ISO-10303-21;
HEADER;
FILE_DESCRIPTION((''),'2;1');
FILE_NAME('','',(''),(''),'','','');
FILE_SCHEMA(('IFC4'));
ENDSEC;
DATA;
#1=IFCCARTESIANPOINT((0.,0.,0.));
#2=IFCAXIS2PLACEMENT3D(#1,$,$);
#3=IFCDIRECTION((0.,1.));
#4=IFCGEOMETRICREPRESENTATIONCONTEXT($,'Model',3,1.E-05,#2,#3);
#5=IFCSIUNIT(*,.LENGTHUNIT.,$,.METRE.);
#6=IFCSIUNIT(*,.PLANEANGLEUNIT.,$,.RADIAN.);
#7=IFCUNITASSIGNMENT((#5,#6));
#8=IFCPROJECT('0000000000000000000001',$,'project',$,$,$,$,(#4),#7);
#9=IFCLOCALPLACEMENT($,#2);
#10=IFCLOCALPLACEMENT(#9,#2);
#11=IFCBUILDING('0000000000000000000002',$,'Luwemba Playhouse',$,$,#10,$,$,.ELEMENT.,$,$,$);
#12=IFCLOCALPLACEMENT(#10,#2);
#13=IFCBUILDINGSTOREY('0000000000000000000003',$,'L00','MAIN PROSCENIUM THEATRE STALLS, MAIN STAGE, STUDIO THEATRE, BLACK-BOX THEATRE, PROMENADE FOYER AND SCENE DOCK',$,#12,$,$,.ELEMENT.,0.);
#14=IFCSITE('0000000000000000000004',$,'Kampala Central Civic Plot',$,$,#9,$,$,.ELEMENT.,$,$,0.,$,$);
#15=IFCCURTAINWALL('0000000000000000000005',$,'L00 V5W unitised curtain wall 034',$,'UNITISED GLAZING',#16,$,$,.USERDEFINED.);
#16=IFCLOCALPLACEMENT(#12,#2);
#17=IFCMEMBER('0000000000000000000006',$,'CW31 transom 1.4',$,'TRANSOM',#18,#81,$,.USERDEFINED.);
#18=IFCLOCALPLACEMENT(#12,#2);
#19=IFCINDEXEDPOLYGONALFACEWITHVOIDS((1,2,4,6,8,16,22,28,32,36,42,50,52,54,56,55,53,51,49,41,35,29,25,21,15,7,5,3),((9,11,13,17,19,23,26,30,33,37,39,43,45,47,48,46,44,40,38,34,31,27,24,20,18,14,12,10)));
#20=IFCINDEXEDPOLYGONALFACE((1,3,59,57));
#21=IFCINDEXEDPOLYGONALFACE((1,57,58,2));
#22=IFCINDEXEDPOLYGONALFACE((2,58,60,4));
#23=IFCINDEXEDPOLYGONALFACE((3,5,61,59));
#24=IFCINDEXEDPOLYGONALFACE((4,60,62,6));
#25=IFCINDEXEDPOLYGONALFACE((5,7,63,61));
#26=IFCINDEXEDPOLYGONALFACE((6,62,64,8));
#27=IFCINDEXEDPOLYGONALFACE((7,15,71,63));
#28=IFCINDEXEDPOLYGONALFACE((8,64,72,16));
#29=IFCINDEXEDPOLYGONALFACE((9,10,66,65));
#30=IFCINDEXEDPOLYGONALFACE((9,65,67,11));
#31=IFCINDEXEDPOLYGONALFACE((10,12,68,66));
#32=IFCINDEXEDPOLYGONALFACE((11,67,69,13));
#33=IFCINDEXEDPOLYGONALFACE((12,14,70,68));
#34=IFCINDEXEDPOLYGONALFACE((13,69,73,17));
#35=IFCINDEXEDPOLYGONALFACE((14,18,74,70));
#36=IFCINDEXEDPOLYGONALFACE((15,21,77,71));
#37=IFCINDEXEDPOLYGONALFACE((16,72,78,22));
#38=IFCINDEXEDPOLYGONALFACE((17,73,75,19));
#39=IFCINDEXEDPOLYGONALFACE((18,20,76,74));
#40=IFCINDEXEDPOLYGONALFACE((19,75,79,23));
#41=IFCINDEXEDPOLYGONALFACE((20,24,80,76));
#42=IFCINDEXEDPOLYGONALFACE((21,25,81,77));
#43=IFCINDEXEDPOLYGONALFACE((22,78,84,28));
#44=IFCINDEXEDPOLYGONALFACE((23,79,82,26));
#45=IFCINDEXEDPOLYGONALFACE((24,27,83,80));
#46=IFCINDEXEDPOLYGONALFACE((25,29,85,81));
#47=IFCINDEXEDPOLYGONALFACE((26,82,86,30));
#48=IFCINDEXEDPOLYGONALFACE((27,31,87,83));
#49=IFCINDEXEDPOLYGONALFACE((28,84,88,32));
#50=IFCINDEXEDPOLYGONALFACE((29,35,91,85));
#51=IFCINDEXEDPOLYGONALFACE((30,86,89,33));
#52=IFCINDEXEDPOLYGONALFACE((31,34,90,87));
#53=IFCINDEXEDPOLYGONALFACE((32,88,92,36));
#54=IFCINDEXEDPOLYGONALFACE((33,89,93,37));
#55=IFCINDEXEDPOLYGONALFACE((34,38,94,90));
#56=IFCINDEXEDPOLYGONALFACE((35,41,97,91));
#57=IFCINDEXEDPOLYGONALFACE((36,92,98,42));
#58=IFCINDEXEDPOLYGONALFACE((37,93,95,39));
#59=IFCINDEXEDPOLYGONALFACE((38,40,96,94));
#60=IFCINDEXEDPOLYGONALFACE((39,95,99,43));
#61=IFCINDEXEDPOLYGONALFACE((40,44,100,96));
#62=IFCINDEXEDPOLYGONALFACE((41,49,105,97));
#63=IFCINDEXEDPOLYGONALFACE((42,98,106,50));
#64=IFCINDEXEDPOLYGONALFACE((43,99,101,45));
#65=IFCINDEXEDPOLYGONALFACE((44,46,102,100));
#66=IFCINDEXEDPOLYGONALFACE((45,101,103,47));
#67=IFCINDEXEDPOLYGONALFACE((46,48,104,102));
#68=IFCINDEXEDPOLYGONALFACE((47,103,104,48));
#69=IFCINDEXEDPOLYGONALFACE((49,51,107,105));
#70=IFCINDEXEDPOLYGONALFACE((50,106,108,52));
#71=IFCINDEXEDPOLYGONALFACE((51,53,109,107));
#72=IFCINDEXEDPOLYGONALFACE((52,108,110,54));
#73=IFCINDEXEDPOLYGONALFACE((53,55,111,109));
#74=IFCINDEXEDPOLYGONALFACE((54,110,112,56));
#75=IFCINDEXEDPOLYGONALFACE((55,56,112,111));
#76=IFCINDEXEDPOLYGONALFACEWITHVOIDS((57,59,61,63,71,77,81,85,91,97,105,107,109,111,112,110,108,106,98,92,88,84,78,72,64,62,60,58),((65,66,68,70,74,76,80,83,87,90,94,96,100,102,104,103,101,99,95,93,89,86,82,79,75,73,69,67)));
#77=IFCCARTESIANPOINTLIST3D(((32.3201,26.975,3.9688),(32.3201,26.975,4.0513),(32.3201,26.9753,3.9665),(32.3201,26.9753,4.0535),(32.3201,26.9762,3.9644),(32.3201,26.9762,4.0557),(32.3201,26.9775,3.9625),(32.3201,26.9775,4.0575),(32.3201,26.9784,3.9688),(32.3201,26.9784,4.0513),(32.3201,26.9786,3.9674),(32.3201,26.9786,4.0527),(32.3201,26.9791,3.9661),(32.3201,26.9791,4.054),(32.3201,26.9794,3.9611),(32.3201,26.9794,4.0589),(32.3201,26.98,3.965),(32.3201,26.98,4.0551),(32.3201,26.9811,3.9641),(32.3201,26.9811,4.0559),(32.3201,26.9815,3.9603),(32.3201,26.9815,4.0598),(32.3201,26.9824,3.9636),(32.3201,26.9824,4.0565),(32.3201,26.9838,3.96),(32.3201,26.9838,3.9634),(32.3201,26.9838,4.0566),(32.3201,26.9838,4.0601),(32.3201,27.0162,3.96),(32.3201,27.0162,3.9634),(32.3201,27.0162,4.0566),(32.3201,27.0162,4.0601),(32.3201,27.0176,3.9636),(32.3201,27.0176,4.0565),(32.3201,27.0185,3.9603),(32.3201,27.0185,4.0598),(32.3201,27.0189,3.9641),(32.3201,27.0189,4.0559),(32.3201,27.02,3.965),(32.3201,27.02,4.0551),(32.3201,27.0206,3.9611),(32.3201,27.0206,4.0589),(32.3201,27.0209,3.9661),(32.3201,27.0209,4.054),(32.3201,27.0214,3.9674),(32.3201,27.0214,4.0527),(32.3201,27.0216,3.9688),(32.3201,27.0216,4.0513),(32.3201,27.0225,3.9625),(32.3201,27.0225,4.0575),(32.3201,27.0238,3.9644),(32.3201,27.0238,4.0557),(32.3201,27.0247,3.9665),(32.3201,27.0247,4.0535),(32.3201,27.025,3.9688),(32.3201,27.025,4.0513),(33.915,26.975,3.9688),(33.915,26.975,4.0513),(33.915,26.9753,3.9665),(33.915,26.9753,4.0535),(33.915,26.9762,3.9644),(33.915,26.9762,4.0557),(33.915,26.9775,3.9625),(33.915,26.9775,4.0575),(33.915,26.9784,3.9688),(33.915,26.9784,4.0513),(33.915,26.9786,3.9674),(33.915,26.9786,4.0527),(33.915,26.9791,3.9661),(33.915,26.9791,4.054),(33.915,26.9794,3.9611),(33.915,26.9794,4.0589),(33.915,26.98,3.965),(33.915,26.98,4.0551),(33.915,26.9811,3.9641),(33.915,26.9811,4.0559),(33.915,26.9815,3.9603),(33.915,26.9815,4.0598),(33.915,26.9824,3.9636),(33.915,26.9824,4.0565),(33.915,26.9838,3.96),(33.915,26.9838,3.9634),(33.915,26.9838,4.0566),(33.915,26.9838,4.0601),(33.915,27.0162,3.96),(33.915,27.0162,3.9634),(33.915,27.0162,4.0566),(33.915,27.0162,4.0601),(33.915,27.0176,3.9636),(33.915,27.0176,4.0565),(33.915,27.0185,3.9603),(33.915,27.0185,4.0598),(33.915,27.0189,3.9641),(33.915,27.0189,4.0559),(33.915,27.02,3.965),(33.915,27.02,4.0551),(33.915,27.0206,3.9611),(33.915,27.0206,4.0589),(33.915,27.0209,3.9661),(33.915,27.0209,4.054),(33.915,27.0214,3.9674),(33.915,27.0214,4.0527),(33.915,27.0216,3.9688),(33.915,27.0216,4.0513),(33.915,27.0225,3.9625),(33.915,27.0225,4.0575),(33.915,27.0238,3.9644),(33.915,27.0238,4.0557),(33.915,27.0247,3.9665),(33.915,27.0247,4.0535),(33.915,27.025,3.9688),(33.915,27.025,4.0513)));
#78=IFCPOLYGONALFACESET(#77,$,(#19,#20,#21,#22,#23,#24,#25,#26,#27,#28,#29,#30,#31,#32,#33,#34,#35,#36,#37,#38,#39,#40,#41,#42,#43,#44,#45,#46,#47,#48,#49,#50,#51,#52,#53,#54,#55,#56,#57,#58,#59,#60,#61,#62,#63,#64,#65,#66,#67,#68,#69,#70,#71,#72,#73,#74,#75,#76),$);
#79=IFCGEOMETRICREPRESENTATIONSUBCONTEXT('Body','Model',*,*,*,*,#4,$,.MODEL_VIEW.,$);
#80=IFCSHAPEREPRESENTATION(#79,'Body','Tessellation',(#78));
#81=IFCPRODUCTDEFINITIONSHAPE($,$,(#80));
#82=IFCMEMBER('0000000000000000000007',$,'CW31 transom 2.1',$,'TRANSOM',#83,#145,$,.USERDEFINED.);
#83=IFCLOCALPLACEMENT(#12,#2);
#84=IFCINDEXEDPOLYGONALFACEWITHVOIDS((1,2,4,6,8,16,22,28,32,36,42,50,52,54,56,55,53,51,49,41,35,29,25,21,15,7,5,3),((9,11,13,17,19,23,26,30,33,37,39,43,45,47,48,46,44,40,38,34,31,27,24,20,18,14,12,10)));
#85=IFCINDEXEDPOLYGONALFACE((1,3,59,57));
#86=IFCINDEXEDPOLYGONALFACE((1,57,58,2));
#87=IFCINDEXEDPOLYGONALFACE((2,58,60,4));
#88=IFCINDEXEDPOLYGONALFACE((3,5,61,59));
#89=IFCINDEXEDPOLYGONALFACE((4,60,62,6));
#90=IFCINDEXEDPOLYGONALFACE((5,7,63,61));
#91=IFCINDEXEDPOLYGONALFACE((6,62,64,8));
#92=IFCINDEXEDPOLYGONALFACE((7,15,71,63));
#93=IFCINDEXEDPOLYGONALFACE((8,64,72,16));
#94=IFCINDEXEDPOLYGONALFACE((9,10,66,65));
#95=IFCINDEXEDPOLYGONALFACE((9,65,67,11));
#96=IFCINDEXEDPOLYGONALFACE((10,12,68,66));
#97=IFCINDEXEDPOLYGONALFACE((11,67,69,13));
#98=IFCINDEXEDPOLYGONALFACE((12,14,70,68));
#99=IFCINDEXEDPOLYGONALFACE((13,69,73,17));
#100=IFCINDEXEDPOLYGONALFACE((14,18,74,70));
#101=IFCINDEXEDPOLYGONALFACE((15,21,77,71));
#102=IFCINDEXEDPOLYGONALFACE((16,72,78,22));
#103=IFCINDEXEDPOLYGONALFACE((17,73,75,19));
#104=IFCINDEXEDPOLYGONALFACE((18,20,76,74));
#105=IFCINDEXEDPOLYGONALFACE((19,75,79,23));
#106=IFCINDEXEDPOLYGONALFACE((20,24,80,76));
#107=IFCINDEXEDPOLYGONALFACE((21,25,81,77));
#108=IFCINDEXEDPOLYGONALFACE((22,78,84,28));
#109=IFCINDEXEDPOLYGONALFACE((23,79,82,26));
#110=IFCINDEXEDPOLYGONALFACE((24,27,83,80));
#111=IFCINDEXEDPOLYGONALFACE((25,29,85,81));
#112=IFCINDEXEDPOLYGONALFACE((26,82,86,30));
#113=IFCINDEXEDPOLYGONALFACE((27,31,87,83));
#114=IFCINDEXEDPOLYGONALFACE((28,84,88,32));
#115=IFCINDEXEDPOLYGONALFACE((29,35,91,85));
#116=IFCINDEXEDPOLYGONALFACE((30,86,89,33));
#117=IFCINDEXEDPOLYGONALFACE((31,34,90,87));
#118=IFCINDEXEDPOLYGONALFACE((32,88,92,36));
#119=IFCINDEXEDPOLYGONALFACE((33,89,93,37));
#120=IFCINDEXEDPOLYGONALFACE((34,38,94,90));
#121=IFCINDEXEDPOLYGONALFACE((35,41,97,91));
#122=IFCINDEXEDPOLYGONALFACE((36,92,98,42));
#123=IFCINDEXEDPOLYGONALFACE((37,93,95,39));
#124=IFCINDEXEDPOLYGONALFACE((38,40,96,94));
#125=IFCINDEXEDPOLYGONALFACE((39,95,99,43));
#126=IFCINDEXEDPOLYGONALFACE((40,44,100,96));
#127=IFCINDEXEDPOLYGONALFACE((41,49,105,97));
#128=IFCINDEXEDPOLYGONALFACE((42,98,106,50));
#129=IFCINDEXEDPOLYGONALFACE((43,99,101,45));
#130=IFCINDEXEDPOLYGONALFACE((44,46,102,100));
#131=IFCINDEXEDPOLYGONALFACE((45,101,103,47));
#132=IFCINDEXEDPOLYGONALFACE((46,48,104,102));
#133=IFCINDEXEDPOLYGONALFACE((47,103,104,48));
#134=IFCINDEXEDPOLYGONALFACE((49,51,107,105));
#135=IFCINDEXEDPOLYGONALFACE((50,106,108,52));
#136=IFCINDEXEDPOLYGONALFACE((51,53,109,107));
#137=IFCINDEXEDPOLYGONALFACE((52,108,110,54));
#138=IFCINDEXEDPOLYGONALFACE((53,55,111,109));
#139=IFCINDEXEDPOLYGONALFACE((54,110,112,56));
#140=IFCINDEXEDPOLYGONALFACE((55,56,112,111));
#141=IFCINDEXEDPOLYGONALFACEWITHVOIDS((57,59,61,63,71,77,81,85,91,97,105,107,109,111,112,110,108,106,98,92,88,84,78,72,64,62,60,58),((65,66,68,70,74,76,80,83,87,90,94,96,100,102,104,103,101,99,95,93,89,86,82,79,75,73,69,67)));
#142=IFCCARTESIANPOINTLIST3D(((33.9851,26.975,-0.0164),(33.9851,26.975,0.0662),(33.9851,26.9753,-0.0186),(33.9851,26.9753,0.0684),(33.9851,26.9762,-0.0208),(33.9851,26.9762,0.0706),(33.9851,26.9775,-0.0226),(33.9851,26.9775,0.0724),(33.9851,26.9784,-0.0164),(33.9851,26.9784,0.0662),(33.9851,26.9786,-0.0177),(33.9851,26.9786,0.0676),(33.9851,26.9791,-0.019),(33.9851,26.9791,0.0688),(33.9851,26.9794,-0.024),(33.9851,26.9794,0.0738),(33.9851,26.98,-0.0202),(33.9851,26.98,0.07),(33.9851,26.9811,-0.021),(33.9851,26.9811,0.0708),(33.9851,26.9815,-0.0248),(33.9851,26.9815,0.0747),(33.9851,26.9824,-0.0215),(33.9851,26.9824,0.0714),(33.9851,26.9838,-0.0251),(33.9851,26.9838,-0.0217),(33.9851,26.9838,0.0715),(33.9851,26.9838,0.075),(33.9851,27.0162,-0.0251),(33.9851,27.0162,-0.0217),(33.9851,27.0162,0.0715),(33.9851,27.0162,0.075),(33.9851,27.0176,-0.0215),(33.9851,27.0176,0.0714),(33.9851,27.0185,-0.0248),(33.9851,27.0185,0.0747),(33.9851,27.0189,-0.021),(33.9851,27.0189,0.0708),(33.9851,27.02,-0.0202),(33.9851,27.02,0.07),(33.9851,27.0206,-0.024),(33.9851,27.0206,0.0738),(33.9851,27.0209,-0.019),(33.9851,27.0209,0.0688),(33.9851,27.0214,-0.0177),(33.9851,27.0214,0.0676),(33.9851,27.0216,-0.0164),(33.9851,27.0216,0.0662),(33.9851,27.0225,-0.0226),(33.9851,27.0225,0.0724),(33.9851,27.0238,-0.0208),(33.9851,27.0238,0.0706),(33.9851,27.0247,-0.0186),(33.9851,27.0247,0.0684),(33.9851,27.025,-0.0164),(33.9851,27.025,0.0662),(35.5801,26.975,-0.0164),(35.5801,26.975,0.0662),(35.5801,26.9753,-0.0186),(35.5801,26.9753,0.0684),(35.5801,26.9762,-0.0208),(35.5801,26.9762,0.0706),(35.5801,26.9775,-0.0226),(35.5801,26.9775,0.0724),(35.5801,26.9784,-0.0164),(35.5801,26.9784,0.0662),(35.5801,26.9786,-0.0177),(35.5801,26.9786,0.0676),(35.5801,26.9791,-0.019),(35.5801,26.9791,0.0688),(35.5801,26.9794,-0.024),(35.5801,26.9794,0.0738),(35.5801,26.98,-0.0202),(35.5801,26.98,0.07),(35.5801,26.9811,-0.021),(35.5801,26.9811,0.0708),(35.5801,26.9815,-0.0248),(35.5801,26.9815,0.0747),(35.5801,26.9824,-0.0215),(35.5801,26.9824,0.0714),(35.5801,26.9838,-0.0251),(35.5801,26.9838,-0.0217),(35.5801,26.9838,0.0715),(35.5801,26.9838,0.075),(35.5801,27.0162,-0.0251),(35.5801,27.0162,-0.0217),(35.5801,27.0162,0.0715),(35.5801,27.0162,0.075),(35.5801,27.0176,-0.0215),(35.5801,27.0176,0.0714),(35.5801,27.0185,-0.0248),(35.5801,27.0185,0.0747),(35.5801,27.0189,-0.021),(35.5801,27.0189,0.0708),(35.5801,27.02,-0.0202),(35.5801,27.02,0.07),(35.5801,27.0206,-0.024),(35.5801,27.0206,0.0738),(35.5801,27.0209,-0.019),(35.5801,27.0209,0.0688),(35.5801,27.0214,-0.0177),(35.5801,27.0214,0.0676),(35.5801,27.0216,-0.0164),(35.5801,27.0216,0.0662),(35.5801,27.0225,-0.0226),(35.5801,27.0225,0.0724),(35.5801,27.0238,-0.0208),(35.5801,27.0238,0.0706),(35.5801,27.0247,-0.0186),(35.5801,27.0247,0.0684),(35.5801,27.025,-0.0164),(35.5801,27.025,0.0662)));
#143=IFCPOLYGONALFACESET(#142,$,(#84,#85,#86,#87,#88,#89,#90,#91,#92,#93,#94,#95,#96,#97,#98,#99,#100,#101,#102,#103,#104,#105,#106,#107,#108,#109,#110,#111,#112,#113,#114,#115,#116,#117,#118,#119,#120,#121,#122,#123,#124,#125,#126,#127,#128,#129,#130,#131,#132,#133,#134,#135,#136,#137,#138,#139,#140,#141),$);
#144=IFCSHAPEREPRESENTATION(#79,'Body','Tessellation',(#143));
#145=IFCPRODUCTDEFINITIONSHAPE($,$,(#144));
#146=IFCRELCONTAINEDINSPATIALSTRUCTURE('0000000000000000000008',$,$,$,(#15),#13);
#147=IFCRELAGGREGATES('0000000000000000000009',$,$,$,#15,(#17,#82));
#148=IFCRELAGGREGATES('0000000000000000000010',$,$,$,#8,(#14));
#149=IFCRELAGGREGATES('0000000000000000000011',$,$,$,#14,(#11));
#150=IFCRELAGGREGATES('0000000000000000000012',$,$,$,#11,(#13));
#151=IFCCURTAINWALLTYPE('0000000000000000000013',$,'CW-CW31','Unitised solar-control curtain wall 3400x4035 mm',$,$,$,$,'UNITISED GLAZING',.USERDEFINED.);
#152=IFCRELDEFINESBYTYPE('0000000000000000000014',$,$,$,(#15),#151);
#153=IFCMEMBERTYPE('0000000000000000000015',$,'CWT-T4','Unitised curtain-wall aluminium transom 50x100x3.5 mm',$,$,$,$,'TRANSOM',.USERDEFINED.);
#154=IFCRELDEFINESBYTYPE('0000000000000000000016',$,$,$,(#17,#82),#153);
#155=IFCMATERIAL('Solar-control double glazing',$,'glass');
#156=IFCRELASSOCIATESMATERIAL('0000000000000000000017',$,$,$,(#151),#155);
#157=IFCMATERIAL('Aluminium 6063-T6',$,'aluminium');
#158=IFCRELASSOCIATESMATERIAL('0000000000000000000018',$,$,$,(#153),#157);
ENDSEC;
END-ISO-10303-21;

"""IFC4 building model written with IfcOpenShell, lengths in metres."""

from ifc_helpers import new_model, si_unit, direction, frame, origin, origin_2d, place, context, subcontext, project, spatial, hollow_rectangle, extrude, material, material_profile, profile_set, type_object, element, aggregate, save


model = new_model("IFC4")

# Units and contexts
model_context = context("Model", 3, precision=1e-05, world=origin(), true_north=direction((0.0, 1.0)))
body_context = subcontext(model_context, "Body", "Model", "MODEL_VIEW")
ifc_project = project(units=[si_unit("LENGTHUNIT", "METRE"), si_unit("PLANEANGLEUNIT", "RADIAN")], contexts=[model_context])

# Site, building, storey
site_placement = place(None, origin())
site = spatial("IfcSite", under=ifc_project, at=site_placement, Name="Kampala Central Civic Plot", CompositionType="ELEMENT", RefElevation=0.0)
building_placement = place(site_placement, origin())
building = spatial("IfcBuilding", under=site, at=building_placement, Name="Luwemba Playhouse", CompositionType="ELEMENT")
storey_placement = place(building_placement, origin())
storey = spatial("IfcBuildingStorey", under=building, at=storey_placement, Name="L00", Description="MAIN PROSCENIUM THEATRE STALLS, MAIN STAGE, STUDIO THEATRE, BLACK-BOX THEATRE, PROMENADE FOYER AND SCENE DOCK", CompositionType="ELEMENT", Elevation=0.0)

# Curtain wall, members
ifc_material_1 = material(Name="Solar-control double glazing", Category="glass")
curtain_wall_type = type_object("IfcCurtainWallType", Name="CW-CW31", Description="Unitised solar-control curtain wall 3400x4035 mm", ElementType="UNITISED GLAZING", PredefinedType="USERDEFINED", material=ifc_material_1)
curtain_wall_placement = place(storey_placement, origin())
curtain_wall = element("IfcCurtainWall", 1, at=curtain_wall_placement, inside=storey, type_object=curtain_wall_type, Name="L00 V5W unitised curtain wall 034", ObjectType="UNITISED GLAZING", PredefinedType="USERDEFINED")
ifc_material_2 = material(Name="Aluminium 6063-T6", Category="aluminium")
ifc_material_profile_1 = material_profile(ifc_material_2, hollow_rectangle(XDim=0.05, YDim=0.1001, WallThickness=0.0034, InnerFilletRadius=0.0054, OuterFilletRadius=0.0088, at=origin_2d()))
ifc_profile_set_1 = profile_set([ifc_material_profile_1], Name="Aluminium 6063-T6")
member_type_1 = type_object("IfcMemberType", Name="CWT-T4", Description="Unitised curtain-wall aluminium transom 50x100x3.5 mm", ElementType="TRANSOM", PredefinedType="USERDEFINED", material=ifc_profile_set_1)
member_1_placement = place(storey_placement, frame((32.3201, 27.0, 4.01), z_axis=(1.0, 0.0, 0.0), x_axis=(0.0, 1.0, 0.0)))
member_1 = element("IfcMember", 2, at=member_1_placement, type_object=member_type_1, Name="CW31 transom 1.4", ObjectType="TRANSOM", PredefinedType="USERDEFINED", context=body_context, shape_type="SweptSolid", body=[
    extrude(hollow_rectangle(XDim=0.05, YDim=0.1001, WallThickness=0.0034, InnerFilletRadius=0.0054, OuterFilletRadius=0.0088, at=origin_2d()), origin(), (0.0, 0.0, 1.0), 1.595),
])
member_2_placement = place(storey_placement, frame((33.9851, 27.0, 0.0249), z_axis=(1.0, 0.0, 0.0), x_axis=(0.0, 1.0, 0.0)))
member_2 = element("IfcMember", 3, at=member_2_placement, type_object=member_type_1, Name="CW31 transom 2.1", ObjectType="TRANSOM", PredefinedType="USERDEFINED", context=body_context, shape_type="SweptSolid", body=[
    extrude(hollow_rectangle(XDim=0.05, YDim=0.1001, WallThickness=0.0034, InnerFilletRadius=0.0054, OuterFilletRadius=0.0088, at=origin_2d()), origin(), (0.0, 0.0, 1.0), 1.595),
])
aggregate(curtain_wall, [member_1, member_2])

save(model, "model.ifc")
